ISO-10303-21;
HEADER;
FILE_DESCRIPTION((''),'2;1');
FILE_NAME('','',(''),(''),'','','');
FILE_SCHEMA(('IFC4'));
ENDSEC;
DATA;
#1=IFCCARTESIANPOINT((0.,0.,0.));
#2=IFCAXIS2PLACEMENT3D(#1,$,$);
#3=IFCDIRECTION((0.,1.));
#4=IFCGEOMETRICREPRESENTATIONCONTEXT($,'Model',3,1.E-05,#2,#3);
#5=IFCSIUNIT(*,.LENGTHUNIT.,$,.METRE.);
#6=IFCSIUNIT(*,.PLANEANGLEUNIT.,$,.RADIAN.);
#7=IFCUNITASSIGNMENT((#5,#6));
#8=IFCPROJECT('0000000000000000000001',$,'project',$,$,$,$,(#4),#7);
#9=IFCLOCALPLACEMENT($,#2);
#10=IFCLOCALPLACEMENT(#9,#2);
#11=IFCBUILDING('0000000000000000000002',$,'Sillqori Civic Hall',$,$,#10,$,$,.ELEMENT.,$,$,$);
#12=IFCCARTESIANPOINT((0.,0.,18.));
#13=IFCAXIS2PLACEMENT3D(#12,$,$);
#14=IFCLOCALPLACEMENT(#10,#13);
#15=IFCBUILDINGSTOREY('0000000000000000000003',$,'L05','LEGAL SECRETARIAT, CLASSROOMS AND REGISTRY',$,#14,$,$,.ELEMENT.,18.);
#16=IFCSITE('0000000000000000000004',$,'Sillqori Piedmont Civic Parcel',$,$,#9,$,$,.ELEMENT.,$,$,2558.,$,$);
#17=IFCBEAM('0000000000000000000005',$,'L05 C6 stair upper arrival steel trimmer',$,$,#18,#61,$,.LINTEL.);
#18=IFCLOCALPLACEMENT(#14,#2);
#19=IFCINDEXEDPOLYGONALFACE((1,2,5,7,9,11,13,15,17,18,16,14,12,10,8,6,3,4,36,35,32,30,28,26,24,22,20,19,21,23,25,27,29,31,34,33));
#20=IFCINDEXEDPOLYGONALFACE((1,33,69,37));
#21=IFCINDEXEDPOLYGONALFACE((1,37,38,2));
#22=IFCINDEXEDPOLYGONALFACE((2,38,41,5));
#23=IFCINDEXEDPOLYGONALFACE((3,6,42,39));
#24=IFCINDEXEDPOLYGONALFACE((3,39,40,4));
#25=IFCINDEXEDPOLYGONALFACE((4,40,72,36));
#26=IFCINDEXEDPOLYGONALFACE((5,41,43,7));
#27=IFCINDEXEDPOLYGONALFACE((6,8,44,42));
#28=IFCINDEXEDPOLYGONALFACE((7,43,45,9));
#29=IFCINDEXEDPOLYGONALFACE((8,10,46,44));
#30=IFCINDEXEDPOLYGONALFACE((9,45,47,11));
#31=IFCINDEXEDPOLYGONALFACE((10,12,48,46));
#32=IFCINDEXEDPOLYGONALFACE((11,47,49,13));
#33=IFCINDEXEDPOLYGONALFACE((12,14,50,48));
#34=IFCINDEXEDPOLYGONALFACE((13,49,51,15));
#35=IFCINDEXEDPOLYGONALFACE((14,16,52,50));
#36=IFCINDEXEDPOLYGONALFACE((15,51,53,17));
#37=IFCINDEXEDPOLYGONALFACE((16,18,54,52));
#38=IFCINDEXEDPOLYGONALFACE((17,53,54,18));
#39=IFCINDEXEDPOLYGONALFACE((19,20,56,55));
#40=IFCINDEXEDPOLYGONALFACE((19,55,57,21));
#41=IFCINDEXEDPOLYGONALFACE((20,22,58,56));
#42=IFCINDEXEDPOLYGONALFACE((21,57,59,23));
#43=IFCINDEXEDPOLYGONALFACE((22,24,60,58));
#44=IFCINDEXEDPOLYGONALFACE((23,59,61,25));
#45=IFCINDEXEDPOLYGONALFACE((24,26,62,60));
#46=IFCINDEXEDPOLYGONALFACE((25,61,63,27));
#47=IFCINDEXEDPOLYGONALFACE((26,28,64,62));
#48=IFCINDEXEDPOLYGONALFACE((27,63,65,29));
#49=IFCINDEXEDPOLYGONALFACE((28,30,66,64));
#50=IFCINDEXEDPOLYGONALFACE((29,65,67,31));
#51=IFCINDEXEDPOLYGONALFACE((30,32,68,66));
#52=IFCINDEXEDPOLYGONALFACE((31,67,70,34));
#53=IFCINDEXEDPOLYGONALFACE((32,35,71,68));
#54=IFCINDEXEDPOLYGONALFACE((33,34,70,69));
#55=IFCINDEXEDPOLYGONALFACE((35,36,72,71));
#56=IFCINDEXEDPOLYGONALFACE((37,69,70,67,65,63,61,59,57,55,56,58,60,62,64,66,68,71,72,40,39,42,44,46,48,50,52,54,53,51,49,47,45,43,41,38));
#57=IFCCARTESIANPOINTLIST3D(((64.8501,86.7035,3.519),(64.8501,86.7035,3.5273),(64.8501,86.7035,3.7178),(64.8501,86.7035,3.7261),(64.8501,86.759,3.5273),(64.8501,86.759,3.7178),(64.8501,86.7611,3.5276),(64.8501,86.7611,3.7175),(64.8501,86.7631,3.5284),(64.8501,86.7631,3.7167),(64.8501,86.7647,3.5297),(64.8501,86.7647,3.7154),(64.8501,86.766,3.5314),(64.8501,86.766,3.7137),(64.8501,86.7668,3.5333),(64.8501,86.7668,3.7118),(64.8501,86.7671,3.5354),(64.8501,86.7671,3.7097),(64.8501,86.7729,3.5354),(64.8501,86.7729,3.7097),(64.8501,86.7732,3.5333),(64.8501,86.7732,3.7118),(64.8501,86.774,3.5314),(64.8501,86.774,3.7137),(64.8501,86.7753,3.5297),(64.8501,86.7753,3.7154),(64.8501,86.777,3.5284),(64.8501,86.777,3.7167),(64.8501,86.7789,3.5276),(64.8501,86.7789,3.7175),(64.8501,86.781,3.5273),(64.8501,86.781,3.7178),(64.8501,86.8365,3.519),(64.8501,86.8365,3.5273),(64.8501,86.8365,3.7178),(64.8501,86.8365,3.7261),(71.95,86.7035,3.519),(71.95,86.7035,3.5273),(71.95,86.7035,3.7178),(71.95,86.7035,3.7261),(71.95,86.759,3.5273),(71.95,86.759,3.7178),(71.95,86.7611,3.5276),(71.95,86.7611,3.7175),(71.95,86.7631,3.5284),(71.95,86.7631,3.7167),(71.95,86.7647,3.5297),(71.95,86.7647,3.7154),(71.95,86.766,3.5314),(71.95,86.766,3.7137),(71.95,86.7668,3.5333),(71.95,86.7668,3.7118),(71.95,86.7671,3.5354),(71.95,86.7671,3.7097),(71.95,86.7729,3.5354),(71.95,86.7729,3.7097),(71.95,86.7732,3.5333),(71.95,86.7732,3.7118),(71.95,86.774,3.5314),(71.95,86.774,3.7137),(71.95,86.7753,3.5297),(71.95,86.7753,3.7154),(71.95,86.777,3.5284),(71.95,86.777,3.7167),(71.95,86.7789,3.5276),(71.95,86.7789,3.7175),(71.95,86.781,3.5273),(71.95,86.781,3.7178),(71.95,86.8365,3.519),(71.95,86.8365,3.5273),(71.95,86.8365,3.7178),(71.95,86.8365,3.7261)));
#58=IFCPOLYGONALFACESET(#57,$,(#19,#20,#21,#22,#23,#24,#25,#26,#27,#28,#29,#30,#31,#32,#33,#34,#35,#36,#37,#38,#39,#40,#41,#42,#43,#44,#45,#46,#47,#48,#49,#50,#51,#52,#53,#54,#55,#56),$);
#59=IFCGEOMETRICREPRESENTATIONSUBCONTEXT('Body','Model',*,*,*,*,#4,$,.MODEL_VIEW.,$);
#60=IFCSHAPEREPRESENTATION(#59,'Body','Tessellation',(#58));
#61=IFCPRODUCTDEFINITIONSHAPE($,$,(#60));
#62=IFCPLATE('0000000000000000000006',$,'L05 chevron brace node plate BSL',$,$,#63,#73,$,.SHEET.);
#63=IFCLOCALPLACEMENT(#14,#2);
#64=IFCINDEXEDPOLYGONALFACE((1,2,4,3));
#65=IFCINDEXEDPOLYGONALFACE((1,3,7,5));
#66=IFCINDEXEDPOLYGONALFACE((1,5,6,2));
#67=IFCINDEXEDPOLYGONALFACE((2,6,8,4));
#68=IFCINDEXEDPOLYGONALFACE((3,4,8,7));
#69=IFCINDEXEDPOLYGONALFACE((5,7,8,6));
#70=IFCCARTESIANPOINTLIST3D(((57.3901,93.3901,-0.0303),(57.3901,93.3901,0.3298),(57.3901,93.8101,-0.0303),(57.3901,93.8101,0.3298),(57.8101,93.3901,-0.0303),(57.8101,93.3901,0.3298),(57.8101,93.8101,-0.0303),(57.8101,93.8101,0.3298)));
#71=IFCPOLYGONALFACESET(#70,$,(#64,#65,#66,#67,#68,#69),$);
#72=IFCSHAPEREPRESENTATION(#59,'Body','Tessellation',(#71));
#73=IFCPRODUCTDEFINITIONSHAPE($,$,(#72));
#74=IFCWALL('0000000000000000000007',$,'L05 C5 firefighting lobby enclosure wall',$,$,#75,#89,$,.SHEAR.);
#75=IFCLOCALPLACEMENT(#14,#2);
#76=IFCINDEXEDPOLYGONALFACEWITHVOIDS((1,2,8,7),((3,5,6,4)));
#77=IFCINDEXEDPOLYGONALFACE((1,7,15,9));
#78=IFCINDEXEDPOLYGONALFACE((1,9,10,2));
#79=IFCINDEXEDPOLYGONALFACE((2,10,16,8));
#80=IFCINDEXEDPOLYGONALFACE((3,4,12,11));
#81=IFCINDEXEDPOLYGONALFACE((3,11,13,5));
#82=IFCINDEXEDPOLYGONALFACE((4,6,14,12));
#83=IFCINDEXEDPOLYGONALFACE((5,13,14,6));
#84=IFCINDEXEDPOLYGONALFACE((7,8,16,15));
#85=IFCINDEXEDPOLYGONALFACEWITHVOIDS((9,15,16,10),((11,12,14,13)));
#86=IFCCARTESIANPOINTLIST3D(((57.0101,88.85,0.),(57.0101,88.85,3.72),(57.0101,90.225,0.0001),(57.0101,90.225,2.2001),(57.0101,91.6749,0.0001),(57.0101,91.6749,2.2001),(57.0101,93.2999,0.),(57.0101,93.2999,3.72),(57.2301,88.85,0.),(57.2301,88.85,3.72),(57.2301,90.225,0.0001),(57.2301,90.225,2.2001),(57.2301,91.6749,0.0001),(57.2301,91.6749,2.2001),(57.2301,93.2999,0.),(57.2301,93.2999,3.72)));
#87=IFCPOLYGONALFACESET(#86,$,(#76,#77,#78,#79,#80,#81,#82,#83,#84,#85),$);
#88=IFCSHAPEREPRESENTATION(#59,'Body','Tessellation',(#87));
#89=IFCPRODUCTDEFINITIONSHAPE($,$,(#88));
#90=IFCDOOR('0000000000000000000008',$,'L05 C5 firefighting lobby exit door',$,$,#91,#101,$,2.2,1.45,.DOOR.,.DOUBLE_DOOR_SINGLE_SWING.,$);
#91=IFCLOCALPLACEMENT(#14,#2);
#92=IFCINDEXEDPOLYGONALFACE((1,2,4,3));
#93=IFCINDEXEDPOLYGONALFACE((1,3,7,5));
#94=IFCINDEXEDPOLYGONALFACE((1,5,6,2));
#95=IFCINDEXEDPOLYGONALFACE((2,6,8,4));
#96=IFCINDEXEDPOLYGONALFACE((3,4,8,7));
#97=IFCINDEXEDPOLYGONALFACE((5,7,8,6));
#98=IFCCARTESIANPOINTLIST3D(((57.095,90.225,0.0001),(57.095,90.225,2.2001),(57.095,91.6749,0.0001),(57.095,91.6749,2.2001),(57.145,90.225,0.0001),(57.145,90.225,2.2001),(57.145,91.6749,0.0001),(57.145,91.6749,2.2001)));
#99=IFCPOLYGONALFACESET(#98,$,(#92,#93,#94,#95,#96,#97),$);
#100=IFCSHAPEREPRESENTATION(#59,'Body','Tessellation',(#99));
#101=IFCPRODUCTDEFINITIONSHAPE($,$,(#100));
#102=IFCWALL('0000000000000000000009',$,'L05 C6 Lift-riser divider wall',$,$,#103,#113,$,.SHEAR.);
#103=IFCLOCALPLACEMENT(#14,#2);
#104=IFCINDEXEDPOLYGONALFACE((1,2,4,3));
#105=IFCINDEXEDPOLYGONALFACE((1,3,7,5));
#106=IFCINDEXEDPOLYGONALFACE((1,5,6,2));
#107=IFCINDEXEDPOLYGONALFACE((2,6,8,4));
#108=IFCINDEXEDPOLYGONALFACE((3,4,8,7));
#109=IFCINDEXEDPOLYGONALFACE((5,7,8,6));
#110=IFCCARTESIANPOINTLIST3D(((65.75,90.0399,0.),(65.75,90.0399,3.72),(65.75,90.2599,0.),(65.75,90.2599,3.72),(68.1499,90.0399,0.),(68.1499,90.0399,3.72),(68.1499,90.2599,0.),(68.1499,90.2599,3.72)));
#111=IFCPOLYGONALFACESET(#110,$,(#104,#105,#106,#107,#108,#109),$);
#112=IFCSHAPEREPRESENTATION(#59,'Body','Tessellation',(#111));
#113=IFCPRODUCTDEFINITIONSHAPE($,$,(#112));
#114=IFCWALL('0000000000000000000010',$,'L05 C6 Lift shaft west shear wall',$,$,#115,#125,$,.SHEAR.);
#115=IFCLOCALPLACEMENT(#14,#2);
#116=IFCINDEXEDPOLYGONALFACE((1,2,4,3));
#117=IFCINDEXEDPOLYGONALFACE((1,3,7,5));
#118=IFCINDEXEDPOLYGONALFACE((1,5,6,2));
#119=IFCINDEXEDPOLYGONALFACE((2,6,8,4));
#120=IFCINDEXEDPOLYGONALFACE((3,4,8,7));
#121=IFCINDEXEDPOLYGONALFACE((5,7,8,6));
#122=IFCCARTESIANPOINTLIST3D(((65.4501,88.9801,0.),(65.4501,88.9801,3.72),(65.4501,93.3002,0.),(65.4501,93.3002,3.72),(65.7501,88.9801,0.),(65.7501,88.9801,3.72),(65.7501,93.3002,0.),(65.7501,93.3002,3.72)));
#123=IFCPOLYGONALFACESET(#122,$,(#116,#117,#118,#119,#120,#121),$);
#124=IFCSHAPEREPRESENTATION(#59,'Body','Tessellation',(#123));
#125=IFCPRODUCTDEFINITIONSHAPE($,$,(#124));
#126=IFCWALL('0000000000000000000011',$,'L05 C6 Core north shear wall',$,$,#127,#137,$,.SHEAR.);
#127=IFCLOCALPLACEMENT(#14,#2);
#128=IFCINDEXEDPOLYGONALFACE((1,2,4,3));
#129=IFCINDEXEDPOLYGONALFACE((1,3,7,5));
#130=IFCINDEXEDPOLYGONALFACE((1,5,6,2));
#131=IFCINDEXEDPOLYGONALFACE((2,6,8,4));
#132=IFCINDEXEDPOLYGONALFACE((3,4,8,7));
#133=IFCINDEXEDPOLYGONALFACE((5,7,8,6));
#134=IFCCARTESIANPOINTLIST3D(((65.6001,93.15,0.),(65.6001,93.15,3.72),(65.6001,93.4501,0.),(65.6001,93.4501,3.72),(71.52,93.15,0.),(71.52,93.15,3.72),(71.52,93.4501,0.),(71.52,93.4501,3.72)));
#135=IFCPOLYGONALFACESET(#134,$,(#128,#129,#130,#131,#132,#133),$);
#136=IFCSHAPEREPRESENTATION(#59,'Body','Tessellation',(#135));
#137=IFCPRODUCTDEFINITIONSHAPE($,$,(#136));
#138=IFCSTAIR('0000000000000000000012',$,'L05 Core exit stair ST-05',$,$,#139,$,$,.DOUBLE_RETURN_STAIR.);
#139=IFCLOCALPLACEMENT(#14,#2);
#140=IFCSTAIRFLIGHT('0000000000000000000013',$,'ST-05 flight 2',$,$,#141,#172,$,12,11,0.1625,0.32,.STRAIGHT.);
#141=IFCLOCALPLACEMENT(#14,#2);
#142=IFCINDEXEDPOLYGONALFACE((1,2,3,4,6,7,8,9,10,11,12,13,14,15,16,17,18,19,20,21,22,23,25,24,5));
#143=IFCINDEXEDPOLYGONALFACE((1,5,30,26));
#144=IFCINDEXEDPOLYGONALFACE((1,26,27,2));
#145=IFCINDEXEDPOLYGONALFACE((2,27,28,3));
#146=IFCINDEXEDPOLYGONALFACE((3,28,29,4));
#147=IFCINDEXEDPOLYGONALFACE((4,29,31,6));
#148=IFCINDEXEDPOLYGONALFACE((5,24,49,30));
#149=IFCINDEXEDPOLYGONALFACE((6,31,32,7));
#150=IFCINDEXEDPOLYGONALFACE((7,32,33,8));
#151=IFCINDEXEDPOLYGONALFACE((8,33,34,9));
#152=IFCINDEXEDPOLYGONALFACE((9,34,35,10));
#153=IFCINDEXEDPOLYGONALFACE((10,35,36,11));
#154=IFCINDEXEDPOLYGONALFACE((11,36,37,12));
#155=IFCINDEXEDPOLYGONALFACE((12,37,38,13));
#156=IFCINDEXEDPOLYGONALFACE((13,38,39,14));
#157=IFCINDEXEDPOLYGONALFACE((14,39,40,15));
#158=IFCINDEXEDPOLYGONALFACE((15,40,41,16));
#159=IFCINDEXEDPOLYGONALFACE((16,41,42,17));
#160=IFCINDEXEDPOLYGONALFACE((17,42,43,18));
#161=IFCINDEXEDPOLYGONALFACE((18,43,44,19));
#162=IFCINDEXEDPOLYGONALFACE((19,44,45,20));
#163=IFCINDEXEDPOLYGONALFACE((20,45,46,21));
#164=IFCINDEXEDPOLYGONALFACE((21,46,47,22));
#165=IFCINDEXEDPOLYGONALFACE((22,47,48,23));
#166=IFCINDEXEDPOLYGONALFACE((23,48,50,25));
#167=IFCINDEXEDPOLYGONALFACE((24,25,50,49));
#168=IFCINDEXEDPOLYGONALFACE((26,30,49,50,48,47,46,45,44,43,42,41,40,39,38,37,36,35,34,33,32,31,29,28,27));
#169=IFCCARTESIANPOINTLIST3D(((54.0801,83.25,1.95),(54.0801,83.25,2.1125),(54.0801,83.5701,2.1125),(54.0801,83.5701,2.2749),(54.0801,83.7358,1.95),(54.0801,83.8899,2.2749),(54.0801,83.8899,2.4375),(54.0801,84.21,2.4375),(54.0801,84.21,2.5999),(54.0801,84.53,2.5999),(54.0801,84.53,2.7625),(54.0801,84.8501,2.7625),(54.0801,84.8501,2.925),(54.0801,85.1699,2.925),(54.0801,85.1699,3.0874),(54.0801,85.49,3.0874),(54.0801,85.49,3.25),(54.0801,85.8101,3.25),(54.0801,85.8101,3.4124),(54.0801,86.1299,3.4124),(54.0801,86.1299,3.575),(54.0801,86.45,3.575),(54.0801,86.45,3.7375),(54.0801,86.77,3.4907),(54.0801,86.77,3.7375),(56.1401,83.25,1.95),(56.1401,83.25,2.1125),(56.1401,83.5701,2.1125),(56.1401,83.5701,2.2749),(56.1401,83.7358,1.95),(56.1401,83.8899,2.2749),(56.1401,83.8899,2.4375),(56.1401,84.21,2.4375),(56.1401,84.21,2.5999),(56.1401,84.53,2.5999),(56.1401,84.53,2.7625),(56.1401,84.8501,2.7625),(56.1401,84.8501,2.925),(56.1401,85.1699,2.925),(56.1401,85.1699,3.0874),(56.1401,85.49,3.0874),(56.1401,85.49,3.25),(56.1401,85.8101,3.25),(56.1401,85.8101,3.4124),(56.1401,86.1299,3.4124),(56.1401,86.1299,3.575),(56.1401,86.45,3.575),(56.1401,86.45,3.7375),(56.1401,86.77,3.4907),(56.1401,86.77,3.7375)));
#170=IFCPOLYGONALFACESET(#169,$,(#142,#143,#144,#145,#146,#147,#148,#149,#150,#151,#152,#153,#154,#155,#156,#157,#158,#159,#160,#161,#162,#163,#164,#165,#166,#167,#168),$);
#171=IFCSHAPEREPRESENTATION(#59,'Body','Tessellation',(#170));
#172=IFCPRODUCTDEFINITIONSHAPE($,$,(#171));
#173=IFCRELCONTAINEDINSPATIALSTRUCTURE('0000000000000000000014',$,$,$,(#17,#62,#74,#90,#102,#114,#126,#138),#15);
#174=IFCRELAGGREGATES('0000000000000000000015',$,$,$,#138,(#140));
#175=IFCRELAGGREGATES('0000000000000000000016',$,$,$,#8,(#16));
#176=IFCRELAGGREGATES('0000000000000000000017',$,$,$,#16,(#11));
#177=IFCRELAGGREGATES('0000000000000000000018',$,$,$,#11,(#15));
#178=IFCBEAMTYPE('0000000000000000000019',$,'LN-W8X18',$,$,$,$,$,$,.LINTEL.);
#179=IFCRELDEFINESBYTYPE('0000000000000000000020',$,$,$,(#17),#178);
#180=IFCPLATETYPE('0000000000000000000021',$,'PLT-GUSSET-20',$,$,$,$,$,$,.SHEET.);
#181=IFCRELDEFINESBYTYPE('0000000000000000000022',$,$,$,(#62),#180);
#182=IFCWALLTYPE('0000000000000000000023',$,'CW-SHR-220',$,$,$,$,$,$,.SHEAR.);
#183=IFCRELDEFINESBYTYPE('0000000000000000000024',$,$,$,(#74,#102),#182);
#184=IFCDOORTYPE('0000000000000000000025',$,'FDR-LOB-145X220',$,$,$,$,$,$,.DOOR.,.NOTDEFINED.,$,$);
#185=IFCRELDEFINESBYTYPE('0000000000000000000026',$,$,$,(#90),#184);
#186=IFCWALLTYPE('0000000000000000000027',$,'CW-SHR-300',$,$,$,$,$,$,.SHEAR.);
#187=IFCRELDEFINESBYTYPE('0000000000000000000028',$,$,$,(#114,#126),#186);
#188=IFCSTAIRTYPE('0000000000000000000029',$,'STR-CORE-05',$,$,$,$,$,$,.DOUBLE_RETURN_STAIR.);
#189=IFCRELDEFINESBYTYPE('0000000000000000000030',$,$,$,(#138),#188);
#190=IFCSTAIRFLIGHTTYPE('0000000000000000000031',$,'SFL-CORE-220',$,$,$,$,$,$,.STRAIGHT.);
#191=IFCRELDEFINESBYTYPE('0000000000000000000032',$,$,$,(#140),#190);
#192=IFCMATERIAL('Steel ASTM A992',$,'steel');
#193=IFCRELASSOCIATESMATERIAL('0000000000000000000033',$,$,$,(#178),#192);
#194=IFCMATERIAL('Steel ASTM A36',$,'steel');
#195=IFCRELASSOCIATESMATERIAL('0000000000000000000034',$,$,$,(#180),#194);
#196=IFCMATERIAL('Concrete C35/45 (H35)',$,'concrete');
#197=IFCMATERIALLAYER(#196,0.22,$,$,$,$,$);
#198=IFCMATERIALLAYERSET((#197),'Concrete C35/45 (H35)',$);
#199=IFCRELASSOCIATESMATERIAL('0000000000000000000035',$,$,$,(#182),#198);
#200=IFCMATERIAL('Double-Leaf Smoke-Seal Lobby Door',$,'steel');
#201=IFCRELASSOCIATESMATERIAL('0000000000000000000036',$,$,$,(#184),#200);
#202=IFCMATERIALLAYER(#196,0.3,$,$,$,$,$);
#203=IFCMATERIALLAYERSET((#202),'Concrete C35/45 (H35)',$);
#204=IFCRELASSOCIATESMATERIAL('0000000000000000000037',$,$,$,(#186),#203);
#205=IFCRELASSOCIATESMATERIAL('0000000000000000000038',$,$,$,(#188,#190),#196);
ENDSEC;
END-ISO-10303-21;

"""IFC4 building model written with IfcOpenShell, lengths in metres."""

from ifc_helpers import new_model, si_unit, direction, frame, frame_2d, origin, origin_2d, place, context, subcontext, project, spatial, polyline, rectangle, i_section, outline, extrude, material, layer, layer_set, material_profile, profile_set, type_object, element, fill, aggregate, save


model = new_model("IFC4")

# Units and contexts
model_context = context("Model", 3, precision=1e-05, world=origin(), true_north=direction((0.0, 1.0)))
body_context = subcontext(model_context, "Body", "Model", "MODEL_VIEW")
ifc_project = project(units=[si_unit("LENGTHUNIT", "METRE"), si_unit("PLANEANGLEUNIT", "RADIAN")], contexts=[model_context])

# Site, building, storey
site_placement = place(None, origin())
site = spatial("IfcSite", under=ifc_project, at=site_placement, Name="Sillqori Piedmont Civic Parcel", CompositionType="ELEMENT", RefElevation=2558.0)
building_placement = place(site_placement, origin())
building = spatial("IfcBuilding", under=site, at=building_placement, Name="Sillqori Civic Hall", CompositionType="ELEMENT")
storey_placement = place(building_placement, frame((0.0, 0.0, 18.0)))
storey = spatial("IfcBuildingStorey", under=building, at=storey_placement, Name="L05", Description="LEGAL SECRETARIAT, CLASSROOMS AND REGISTRY", CompositionType="ELEMENT", Elevation=18.0)

# Shared definitions
ifc_material_1 = material(Name="Steel ASTM A992", Category="steel")

# Beam
ifc_material_profile_1 = material_profile(ifc_material_1, i_section(OverallWidth=0.1331, OverallDepth=0.207, WebThickness=0.0059, FlangeThickness=0.0083, FilletRadius=0.0081, at=origin_2d()), Name="W8X18")
ifc_profile_set_1 = profile_set([ifc_material_profile_1], Name="Steel ASTM A992")
beam_type_1 = type_object("IfcBeamType", Name="LN-W8X18", PredefinedType="LINTEL", material=ifc_profile_set_1)
beam_placement = place(storey_placement, frame((64.8501, 86.77, 3.6226), z_axis=(1.0, 0.0, 0.0), x_axis=(0.0, 1.0, 0.0)))
element("IfcBeam", 1, at=beam_placement, inside=storey, type_object=beam_type_1, Name="L05 C6 stair upper arrival steel trimmer", PredefinedType="LINTEL", context=body_context, shape_type="SweptSolid", body=[
    extrude(i_section(OverallWidth=0.1331, OverallDepth=0.207, WebThickness=0.0059, FlangeThickness=0.0083, FilletRadius=0.0081, at=origin_2d()), origin(), (0.0, 0.0, 1.0), 7.0999),
])

# Plate
ifc_material_2 = material(Name="Steel ASTM A36", Category="steel")
plate_type = type_object("IfcPlateType", Name="PLT-GUSSET-20", PredefinedType="SHEET", material=ifc_material_2)
plate_placement = place(storey_placement, frame((57.6001, 93.6001, -0.0303), z_axis=(0.0, 0.0, 1.0), x_axis=(1.0, 0.0, 0.0)))
element("IfcPlate", 2, at=plate_placement, inside=storey, type_object=plate_type, Name="L05 chevron brace node plate BSL", PredefinedType="SHEET", context=body_context, shape_type="SweptSolid", body=[
    extrude(rectangle(XDim=0.4199, YDim=0.4199, at=origin_2d()), origin(), (0.0, 0.0, 1.0), 0.3601),
])

# Wall, opening, door
ifc_material_3 = material(Name="Concrete C35/45 (H35)", Category="concrete")
ifc_layer_1 = layer(ifc_material_3, 0.22)
ifc_layer_set_1 = layer_set([ifc_layer_1], Name="Concrete C35/45 (H35)")
wall_type_1 = type_object("IfcWallType", Name="CW-SHR-220", PredefinedType="SHEAR", material=ifc_layer_set_1)
wall_1_placement = place(storey_placement, frame((57.1201, 93.3, 0.0), z_axis=(0.0, 0.0, 1.0), x_axis=(0.0, -1.0, 0.0)))
wall_1 = element("IfcWall", 3, at=wall_1_placement, inside=storey, type_object=wall_type_1, Name="L05 C5 firefighting lobby enclosure wall", PredefinedType="SHEAR", context=body_context, shape_type="SweptSolid", body=[
    extrude(rectangle(XDim=4.45, YDim=0.22, at=frame_2d((2.2251, 0.0))), origin(), (0.0, 0.0, 1.0), 3.72),
])
opening_1_placement = place(wall_1_placement, frame((1.625, 0.0, 0.0)))
opening_1 = element("IfcOpeningElement", 4, at=opening_1_placement, cuts=wall_1, PredefinedType="OPENING", context=body_context, shape_type="SweptSolid", body=[
    extrude(rectangle(XDim=1.45, YDim=2.2, at=frame_2d((0.7251, 1.1001))), frame((0.0, 0.1199, 0.0), z_axis=(0.0, -1.0, 0.0), x_axis=(1.0, 0.0, 0.0)), (0.0, 0.0, 1.0), 0.24),
])
ifc_material_4 = material(Name="Double-Leaf Smoke-Seal Lobby Door", Category="steel")
door_type_1 = type_object("IfcDoorType", Name="FDR-LOB-145X220", OperationType="NOTDEFINED", PredefinedType="DOOR", material=ifc_material_4)
door_1_placement = place(opening_1_placement, origin())
door_1 = element("IfcDoor", 5, at=door_1_placement, inside=storey, type_object=door_type_1, Name="L05 C5 firefighting lobby exit door", OperationType="DOUBLE_DOOR_SINGLE_SWING", OverallHeight=2.2, OverallWidth=1.45, PredefinedType="DOOR", context=body_context, shape_type="SweptSolid", body=[
    extrude(rectangle(XDim=1.45, YDim=2.2, at=frame_2d((0.7251, 1.1001))), frame((0.0, 0.0249, 0.0), z_axis=(0.0, -1.0, 0.0), x_axis=(1.0, 0.0, 0.0)), (0.0, 0.0, 1.0), 0.05),
])
fill(opening_1, door_1)

# Wall
wall_2_placement = place(storey_placement, frame((65.75, 90.1499, 0.0), z_axis=(0.0, 0.0, 1.0), x_axis=(1.0, 0.0, 0.0)))
element("IfcWall", 6, at=wall_2_placement, inside=storey, type_object=wall_type_1, Name="L05 C6 Lift-riser divider wall", PredefinedType="SHEAR", context=body_context, shape_type="SweptSolid", body=[
    extrude(rectangle(XDim=2.3999, YDim=0.22, at=frame_2d((1.2, 0.0))), origin(), (0.0, 0.0, 1.0), 3.72),
])

# Walls
ifc_layer_2 = layer(ifc_material_3, 0.3)
ifc_layer_set_2 = layer_set([ifc_layer_2], Name="Concrete C35/45 (H35)")
wall_type_2 = type_object("IfcWallType", Name="CW-SHR-300", PredefinedType="SHEAR", material=ifc_layer_set_2)
wall_3_placement = place(storey_placement, frame((65.6001, 88.98, 0.0), z_axis=(0.0, 0.0, 1.0), x_axis=(0.0, 1.0, 0.0)))
element("IfcWall", 7, at=wall_3_placement, inside=storey, type_object=wall_type_2, Name="L05 C6 Lift shaft west shear wall", PredefinedType="SHEAR", context=body_context, shape_type="SweptSolid", body=[
    extrude(rectangle(XDim=4.3201, YDim=0.3, at=frame_2d((2.1602, 0.0))), origin(), (0.0, 0.0, 1.0), 3.72),
])
wall_4_placement = place(storey_placement, frame((65.6001, 93.3, 0.0), z_axis=(0.0, 0.0, 1.0), x_axis=(1.0, 0.0, 0.0)))
element("IfcWall", 8, at=wall_4_placement, inside=storey, type_object=wall_type_2, Name="L05 C6 Core north shear wall", PredefinedType="SHEAR", context=body_context, shape_type="SweptSolid", body=[
    extrude(rectangle(XDim=5.9199, YDim=0.3, at=frame_2d((2.96, 0.0))), origin(), (0.0, 0.0, 1.0), 3.72),
])

# Stair, stair flight
stair_type = type_object("IfcStairType", Name="STR-CORE-05", PredefinedType="DOUBLE_RETURN_STAIR", material=ifc_material_3)
stair_placement = place(storey_placement, origin())
stair = element("IfcStair", 9, at=stair_placement, inside=storey, type_object=stair_type, Name="L05 Core exit stair ST-05", PredefinedType="DOUBLE_RETURN_STAIR")
stair_flight_type = type_object("IfcStairFlightType", Name="SFL-CORE-220", PredefinedType="STRAIGHT", material=ifc_material_3)
stair_flight_placement = place(storey_placement, frame((55.1101, 83.25, 1.95), z_axis=(0.0, 0.0, 1.0), x_axis=(0.0, 1.0, 0.0)))
stair_flight = element("IfcStairFlight", 10, at=stair_flight_placement, type_object=stair_flight_type, Name="ST-05 flight 2", NumberOfRisers=12, NumberOfTreads=11, PredefinedType="STRAIGHT", RiserHeight=0.1625, TreadLength=0.32, context=body_context, shape_type="SweptSolid", body=[
    extrude(outline(polyline([(0.0, 0.0), (0.0, 0.1626), (0.3201, 0.1626), (0.3201, 0.325), (0.6399, 0.325), (0.6399, 0.4875), (0.96, 0.4875), (0.96, 0.6499), (1.28, 0.6499), (1.28, 0.8125), (1.6001, 0.8125), (1.6001, 0.9751), (1.9199, 0.9751), (1.9199, 1.1375), (2.24, 1.1375), (2.24, 1.3), (2.5601, 1.3), (2.5601, 1.4624), (2.8799, 1.4624), (2.8799, 1.625), (3.2, 1.625), (3.2, 1.7876), (3.52, 1.7876), (3.52, 1.95), (3.52, 1.5408), (0.4858, 0.0), (0.0, 0.0)])), frame((0.0, 1.03, 0.0), z_axis=(0.0, -1.0, 0.0), x_axis=(1.0, 0.0, 0.0)), (0.0, 0.0, 1.0), 2.0601),
])
aggregate(stair, [stair_flight])

save(model, "model.ifc")
